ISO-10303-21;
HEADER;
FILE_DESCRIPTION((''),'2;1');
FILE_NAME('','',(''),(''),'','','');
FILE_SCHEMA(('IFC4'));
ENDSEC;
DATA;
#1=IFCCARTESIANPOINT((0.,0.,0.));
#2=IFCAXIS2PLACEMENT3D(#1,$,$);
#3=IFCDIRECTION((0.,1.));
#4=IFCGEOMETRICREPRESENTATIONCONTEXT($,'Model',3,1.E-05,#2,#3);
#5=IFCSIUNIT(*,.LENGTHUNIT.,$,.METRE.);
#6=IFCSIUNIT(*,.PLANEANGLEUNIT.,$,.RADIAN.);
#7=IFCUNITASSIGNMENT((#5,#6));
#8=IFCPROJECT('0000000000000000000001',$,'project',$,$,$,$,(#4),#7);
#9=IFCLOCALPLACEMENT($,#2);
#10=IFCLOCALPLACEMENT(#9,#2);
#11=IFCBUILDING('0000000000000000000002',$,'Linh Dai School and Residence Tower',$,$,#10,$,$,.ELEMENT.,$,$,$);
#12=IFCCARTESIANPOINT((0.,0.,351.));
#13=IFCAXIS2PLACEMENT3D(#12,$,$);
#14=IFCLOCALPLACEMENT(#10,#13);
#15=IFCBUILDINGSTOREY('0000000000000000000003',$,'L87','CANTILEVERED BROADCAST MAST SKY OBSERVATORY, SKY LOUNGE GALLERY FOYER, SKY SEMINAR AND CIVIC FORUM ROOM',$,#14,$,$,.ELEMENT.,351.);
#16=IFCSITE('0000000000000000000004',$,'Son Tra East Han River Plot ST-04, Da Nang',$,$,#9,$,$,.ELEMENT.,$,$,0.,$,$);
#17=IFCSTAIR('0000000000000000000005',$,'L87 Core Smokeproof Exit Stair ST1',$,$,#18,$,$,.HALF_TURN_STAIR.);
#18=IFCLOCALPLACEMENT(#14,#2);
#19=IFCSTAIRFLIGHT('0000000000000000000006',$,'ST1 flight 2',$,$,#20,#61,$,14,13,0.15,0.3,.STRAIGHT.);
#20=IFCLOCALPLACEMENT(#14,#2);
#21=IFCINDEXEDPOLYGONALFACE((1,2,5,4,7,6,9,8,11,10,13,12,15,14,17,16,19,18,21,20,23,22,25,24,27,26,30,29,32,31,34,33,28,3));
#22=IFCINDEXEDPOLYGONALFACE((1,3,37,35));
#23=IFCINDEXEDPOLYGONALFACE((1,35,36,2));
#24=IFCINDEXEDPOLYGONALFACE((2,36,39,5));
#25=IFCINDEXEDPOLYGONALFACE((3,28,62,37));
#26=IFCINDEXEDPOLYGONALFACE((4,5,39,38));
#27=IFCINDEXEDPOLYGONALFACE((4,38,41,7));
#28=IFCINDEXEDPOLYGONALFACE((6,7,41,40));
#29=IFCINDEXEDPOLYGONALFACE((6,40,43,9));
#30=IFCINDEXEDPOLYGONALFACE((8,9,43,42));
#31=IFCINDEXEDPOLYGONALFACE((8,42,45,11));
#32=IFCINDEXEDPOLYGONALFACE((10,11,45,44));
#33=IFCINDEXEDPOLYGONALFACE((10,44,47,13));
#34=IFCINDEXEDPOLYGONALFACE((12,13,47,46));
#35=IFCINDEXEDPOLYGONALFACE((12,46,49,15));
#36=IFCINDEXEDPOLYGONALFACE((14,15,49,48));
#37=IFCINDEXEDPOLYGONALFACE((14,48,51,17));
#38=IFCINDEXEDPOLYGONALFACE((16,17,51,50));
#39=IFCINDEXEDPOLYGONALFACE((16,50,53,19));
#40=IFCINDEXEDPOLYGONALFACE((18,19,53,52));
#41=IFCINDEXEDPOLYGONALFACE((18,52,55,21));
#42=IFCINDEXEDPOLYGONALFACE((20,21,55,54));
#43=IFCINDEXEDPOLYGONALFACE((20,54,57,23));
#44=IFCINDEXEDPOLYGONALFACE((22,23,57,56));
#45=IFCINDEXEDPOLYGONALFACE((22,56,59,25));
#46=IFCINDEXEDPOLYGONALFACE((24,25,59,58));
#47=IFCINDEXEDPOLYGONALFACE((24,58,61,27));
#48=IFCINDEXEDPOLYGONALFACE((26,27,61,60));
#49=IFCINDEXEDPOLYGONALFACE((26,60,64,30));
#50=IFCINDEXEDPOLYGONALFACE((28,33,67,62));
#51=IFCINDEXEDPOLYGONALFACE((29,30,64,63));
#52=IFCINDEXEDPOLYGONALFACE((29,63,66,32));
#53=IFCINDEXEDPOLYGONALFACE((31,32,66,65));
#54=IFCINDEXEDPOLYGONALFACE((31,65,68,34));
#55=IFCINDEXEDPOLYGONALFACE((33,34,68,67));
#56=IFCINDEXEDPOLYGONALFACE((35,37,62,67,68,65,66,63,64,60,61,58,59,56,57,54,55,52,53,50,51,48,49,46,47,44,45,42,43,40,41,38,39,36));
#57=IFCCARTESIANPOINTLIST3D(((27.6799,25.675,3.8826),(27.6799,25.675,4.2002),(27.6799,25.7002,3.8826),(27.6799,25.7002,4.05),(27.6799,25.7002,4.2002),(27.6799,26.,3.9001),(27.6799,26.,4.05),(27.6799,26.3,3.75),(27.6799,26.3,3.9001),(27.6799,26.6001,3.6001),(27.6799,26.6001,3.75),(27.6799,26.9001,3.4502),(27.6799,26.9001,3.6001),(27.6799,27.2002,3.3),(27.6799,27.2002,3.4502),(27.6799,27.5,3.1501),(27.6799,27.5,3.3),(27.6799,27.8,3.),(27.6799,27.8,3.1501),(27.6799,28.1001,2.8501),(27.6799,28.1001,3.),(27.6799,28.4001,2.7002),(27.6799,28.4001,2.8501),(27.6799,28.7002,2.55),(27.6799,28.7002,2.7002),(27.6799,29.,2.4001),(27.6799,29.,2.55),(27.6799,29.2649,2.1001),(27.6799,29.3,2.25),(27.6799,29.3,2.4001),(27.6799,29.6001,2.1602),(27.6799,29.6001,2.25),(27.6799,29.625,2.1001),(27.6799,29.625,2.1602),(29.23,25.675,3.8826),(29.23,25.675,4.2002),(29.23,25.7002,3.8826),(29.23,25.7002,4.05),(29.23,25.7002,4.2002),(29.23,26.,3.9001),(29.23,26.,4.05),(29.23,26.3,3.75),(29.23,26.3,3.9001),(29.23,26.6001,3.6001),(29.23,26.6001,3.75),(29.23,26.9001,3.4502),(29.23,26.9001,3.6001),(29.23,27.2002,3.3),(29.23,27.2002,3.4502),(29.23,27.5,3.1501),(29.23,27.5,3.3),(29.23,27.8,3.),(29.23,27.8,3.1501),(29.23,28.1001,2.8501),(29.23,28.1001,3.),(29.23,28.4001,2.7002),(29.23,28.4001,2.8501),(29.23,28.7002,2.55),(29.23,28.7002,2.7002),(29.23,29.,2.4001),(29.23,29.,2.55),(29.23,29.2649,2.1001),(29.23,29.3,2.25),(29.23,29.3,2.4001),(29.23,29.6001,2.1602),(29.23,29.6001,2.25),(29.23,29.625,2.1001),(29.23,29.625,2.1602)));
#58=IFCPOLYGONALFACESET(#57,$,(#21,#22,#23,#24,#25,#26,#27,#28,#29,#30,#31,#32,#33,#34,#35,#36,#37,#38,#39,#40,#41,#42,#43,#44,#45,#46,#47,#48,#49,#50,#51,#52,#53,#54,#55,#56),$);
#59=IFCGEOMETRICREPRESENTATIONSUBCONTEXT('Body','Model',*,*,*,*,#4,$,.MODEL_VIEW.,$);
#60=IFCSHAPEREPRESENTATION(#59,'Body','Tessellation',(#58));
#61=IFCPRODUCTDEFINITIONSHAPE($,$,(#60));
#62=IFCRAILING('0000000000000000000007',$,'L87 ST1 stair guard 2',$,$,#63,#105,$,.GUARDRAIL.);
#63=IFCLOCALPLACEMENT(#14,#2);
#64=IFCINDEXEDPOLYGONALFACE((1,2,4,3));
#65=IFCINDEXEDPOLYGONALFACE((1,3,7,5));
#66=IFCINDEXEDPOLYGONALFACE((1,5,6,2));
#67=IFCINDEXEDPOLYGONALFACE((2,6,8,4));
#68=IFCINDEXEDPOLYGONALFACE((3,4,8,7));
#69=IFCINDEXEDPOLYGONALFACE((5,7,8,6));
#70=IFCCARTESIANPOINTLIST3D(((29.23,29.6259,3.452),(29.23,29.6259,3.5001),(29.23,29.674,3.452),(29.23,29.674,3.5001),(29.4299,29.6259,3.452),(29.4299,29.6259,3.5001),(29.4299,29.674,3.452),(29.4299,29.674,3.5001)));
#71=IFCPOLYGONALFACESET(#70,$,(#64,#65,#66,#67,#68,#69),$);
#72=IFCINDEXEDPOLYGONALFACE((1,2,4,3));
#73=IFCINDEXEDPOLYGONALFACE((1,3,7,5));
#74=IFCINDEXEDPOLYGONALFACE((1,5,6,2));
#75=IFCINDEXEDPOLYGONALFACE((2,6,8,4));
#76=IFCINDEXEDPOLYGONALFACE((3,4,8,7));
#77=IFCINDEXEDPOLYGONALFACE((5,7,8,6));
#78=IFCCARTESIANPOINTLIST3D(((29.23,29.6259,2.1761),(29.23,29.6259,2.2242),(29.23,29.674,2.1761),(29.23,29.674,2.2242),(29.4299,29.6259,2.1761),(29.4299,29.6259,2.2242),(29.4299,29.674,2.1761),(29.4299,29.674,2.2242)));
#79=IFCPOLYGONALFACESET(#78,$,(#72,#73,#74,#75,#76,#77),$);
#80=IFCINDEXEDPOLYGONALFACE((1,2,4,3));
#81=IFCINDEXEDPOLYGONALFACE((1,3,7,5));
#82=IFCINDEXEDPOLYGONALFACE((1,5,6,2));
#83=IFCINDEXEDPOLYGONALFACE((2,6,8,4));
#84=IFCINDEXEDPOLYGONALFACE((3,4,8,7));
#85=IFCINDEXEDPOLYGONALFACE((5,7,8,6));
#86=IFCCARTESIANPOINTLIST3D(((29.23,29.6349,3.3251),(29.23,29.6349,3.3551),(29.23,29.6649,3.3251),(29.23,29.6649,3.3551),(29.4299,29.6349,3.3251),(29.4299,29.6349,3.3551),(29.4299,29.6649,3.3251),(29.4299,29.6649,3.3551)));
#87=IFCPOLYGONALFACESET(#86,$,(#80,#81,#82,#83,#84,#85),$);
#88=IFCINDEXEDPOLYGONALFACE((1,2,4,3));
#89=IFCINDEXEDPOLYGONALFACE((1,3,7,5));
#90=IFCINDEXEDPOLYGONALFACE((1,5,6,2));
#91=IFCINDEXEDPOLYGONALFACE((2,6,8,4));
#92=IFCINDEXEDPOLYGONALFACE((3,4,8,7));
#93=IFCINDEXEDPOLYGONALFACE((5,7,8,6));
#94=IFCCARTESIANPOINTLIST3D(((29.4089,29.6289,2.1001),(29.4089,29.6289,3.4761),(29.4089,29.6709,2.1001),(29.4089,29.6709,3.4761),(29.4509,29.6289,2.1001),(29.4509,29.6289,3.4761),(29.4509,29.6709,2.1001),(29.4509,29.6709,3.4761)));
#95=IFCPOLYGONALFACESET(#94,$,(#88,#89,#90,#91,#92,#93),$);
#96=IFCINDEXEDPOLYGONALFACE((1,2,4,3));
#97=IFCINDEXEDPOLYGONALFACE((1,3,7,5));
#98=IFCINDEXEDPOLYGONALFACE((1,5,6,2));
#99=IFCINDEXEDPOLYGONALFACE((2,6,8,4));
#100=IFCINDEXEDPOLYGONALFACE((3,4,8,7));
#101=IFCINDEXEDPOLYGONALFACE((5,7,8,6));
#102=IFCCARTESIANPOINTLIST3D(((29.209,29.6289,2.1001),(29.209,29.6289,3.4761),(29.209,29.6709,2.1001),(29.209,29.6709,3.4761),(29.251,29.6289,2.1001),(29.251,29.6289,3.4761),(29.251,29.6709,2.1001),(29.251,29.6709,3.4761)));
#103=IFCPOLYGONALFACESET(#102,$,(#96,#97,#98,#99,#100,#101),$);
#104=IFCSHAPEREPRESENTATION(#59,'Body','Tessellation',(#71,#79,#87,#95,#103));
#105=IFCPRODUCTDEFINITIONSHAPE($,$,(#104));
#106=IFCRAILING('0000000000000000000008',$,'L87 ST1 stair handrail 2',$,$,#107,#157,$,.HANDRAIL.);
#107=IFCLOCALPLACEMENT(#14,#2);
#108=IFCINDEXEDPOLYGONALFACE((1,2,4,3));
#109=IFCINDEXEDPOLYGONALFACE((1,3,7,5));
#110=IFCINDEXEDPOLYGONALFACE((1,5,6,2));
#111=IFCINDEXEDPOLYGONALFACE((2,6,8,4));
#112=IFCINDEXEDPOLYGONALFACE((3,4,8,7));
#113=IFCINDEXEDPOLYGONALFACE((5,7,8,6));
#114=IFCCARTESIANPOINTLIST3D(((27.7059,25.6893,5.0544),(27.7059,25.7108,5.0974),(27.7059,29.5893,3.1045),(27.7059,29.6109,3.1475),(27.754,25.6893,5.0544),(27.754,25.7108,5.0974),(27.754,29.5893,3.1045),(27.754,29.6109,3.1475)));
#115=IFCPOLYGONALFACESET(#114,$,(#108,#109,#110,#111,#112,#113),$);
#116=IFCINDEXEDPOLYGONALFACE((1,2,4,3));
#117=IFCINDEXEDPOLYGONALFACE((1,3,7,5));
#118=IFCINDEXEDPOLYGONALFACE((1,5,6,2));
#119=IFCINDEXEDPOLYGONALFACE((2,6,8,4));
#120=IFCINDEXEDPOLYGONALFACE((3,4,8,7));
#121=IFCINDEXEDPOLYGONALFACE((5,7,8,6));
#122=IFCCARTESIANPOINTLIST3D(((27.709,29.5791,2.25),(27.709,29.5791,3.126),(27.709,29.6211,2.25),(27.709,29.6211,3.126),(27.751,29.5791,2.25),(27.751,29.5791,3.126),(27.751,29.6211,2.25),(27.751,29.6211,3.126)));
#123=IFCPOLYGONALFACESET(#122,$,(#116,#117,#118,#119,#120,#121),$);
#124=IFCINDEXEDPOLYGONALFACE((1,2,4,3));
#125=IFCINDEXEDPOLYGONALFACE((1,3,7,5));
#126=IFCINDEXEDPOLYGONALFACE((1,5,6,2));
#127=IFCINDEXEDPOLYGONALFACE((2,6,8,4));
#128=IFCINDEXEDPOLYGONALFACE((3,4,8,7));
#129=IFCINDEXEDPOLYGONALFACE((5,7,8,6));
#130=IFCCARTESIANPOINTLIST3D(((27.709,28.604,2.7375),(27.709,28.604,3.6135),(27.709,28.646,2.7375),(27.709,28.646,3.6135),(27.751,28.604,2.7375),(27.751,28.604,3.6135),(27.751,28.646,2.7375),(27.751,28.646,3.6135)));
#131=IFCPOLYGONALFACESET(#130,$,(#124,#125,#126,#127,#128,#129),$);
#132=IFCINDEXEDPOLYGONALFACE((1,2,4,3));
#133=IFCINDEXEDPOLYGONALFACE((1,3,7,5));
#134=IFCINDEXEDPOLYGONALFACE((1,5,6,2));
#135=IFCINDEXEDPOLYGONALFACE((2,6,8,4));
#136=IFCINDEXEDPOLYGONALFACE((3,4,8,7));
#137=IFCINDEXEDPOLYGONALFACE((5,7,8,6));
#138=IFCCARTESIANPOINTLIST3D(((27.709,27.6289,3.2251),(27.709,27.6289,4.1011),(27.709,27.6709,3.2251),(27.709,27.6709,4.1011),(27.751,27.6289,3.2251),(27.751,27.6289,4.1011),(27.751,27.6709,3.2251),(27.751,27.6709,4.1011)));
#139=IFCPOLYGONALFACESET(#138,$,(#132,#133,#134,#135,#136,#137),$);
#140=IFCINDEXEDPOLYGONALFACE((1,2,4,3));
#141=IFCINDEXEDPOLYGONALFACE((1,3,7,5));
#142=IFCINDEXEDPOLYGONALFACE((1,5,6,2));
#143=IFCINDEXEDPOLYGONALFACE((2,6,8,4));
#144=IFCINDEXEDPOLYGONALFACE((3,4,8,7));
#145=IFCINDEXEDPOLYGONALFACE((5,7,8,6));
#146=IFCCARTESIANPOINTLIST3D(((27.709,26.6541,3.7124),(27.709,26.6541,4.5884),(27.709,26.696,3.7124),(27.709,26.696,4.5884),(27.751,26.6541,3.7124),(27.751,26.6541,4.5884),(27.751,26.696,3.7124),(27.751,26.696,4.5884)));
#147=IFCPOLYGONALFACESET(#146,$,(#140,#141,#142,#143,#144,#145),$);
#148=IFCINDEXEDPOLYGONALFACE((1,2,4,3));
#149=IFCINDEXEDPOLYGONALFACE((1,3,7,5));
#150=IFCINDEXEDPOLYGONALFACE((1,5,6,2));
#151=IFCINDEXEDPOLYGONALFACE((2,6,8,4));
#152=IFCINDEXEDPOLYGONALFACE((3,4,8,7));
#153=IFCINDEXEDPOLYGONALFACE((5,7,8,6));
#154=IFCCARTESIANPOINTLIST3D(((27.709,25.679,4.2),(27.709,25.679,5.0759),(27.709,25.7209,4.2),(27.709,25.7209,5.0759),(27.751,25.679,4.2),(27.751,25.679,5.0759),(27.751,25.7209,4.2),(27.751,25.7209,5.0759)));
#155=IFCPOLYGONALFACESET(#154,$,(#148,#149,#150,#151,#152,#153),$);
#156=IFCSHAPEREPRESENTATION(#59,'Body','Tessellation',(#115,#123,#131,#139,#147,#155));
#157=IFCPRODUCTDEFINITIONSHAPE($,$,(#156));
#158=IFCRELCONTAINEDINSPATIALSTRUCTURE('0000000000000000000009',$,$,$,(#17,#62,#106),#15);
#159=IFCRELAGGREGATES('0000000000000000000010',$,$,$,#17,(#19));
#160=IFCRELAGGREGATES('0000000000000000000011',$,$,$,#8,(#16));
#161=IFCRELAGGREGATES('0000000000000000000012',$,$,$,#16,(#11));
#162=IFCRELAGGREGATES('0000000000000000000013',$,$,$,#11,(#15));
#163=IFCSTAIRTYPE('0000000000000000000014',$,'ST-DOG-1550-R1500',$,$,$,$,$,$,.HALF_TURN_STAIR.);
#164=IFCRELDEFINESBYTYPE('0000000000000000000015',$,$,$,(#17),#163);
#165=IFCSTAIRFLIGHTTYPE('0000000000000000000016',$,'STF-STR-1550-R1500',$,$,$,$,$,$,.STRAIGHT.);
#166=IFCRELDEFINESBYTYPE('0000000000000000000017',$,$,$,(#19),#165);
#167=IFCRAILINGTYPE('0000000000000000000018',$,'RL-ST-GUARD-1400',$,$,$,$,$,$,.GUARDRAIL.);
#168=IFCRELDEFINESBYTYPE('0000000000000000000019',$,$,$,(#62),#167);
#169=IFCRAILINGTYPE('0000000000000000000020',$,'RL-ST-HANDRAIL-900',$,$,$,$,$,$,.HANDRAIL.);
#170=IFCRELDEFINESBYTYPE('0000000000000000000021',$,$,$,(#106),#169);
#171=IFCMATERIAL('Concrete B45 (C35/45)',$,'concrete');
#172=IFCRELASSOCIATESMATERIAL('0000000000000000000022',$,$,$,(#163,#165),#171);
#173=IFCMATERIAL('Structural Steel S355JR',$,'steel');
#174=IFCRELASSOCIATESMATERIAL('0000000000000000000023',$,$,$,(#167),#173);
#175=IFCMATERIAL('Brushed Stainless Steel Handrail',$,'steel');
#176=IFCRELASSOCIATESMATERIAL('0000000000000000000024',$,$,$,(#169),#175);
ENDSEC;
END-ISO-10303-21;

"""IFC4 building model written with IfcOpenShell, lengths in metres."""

from ifc_helpers import new_model, si_unit, direction, frame, origin, origin_2d, place, context, subcontext, project, spatial, polyline, rectangle, outline, extrude, source, transform, mapped, material, type_object, element, aggregate, save


model = new_model("IFC4")

# Units and contexts
model_context = context("Model", 3, precision=1e-05, world=origin(), true_north=direction((0.0, 1.0)))
body_context = subcontext(model_context, "Body", "Model", "MODEL_VIEW")
ifc_project = project(units=[si_unit("LENGTHUNIT", "METRE"), si_unit("PLANEANGLEUNIT", "RADIAN")], contexts=[model_context])

# Site, building, storey
site_placement = place(None, origin())
site = spatial("IfcSite", under=ifc_project, at=site_placement, Name="Son Tra East Han River Plot ST-04, Da Nang", CompositionType="ELEMENT", RefElevation=0.0)
building_placement = place(site_placement, origin())
building = spatial("IfcBuilding", under=site, at=building_placement, Name="Linh Dai School and Residence Tower", CompositionType="ELEMENT")
storey_placement = place(building_placement, frame((0.0, 0.0, 351.0)))
storey = spatial("IfcBuildingStorey", under=building, at=storey_placement, Name="L87", Description="CANTILEVERED BROADCAST MAST SKY OBSERVATORY, SKY LOUNGE GALLERY FOYER, SKY SEMINAR AND CIVIC FORUM ROOM", CompositionType="ELEMENT", Elevation=351.0)

# Shared definitions
ifc_material_1 = material(Name="Structural Steel S355JR", Category="steel")

# Shared definitions
ifc_material_2 = material(Name="Concrete B45 (C35/45)", Category="concrete")

# Stair, stair flight
stair_type = type_object("IfcStairType", Name="ST-DOG-1550-R1500", PredefinedType="HALF_TURN_STAIR", material=ifc_material_2)
stair_placement = place(storey_placement, origin())
stair = element("IfcStair", 1, at=stair_placement, inside=storey, type_object=stair_type, Name="L87 Core Smokeproof Exit Stair ST1", PredefinedType="HALF_TURN_STAIR")
stair_flight_type = type_object("IfcStairFlightType", Name="STF-STR-1550-R1500", PredefinedType="STRAIGHT", material=ifc_material_2)
shared_shape_1 = source(origin(), body_context, "Body", "SweptSolid", [
    extrude(outline(polyline([(-0.0249, 0.0), (-0.0249, 0.0601), (0.0, 0.0601), (0.0, 0.1499), (0.3, 0.1499), (0.3, 0.3), (0.6001, 0.3), (0.6001, 0.45), (0.8999, 0.45), (0.8999, 0.6001), (1.2, 0.6001), (1.2, 0.75), (1.5, 0.75), (1.5, 0.8999), (1.8, 0.8999), (1.8, 1.05), (2.1001, 1.05), (2.1001, 1.2), (2.3999, 1.2), (2.3999, 1.3501), (2.7, 1.3501), (2.7, 1.5), (3.0, 1.5), (3.0, 1.6499), (3.3, 1.6499), (3.3, 1.8), (3.6001, 1.8), (3.6001, 1.95), (3.8999, 1.95), (3.8999, 2.1001), (3.925, 2.1001), (3.925, 1.7825), (3.8999, 1.7825), (0.3352, 0.0), (-0.0249, 0.0)])), frame((0.0, 0.7749, 0.0), z_axis=(0.0, -1.0, 0.0), x_axis=(1.0, 0.0, 0.0)), (0.0, 0.0, 1.0), 1.55),
])
stair_flight_placement = place(storey_placement, frame((28.4551, 29.6001, 2.1001), z_axis=(0.0, 0.0, 1.0), x_axis=(0.0, -1.0, 0.0)))
stair_flight = element("IfcStairFlight", 2, at=stair_flight_placement, type_object=stair_flight_type, Name="ST1 flight 2", NumberOfRisers=14, NumberOfTreads=13, PredefinedType="STRAIGHT", RiserHeight=0.15, TreadLength=0.3, context=body_context, shape_type="MappedRepresentation", body=[
    mapped(shared_shape_1, transform((0.0, 0.0, 0.0), x_axis=(1.0, 0.0, 0.0), y_axis=(0.0, 1.0, 0.0), z_axis=(0.0, 0.0, 1.0), scale=1.0)),
])
aggregate(stair, [stair_flight])

# Railings
railing_type_1 = type_object("IfcRailingType", Name="RL-ST-GUARD-1400", PredefinedType="GUARDRAIL", material=ifc_material_1)
shared_shape_2 = source(origin(), body_context, "Body", "SweptSolid", [
    extrude(rectangle(XDim=0.0481, YDim=0.0481, at=origin_2d()), frame((0.0, 0.0, 1.376), z_axis=(-1.0, 0.0, 0.0), x_axis=(0.0, -1.0, 0.0)), (0.0, 0.0, 1.0), 0.2),
    extrude(rectangle(XDim=0.0481, YDim=0.0481, at=origin_2d()), frame((0.0, 0.0, 0.1001), z_axis=(-1.0, 0.0, 0.0), x_axis=(0.0, -1.0, 0.0)), (0.0, 0.0, 1.0), 0.2),
    extrude(rectangle(XDim=0.03, YDim=0.03, at=origin_2d()), frame((0.0, 0.0, 1.24), z_axis=(-1.0, 0.0, 0.0), x_axis=(0.0, -1.0, 0.0)), (0.0, 0.0, 1.0), 0.2),
    extrude(rectangle(XDim=0.042, YDim=0.042, at=origin_2d()), origin(), (0.0, 0.0, 1.0), 1.376),
    extrude(rectangle(XDim=0.042, YDim=0.042, at=origin_2d()), frame((-0.2, 0.0, 0.0)), (0.0, 0.0, 1.0), 1.376),
])
railing_1_placement = place(storey_placement, frame((29.4299, 29.6499, 2.1001)))
element("IfcRailing", 3, at=railing_1_placement, inside=storey, type_object=railing_type_1, Name="L87 ST1 stair guard 2", PredefinedType="GUARDRAIL", context=body_context, shape_type="MappedRepresentation", body=[
    mapped(shared_shape_2, transform((0.0, 0.0, 0.0), x_axis=(1.0, 0.0, 0.0), y_axis=(0.0, 1.0, 0.0), z_axis=(0.0, 0.0, 1.0), scale=1.0)),
])
ifc_material_3 = material(Name="Brushed Stainless Steel Handrail", Category="steel")
railing_type_2 = type_object("IfcRailingType", Name="RL-ST-HANDRAIL-900", PredefinedType="HANDRAIL", material=ifc_material_3)
shared_shape_3 = source(origin(), body_context, "Body", "SweptSolid", [
    extrude(rectangle(XDim=0.0481, YDim=0.0481, at=origin_2d()), frame((0.0, 0.0, 0.876), z_axis=(0.0, -0.894438, 0.447191), x_axis=(1.0, 0.0, 0.0)), (0.0, 0.0, 1.0), 4.3604),
    extrude(rectangle(XDim=0.042, YDim=0.042, at=origin_2d()), origin(), (0.0, 0.0, 1.0), 0.876),
    extrude(rectangle(XDim=0.042, YDim=0.042, at=origin_2d()), frame((0.0, -0.9751, 0.4875)), (0.0, 0.0, 1.0), 0.876),
    extrude(rectangle(XDim=0.042, YDim=0.042, at=origin_2d()), frame((0.0, -1.9502, 0.9751)), (0.0, 0.0, 1.0), 0.876),
    extrude(rectangle(XDim=0.042, YDim=0.042, at=origin_2d()), frame((0.0, -2.925, 1.4624)), (0.0, 0.0, 1.0), 0.876),
    extrude(rectangle(XDim=0.042, YDim=0.042, at=origin_2d()), frame((0.0, -3.9001, 1.95)), (0.0, 0.0, 1.0), 0.876),
])
railing_2_placement = place(storey_placement, frame((27.73, 29.6001, 2.25)))
element("IfcRailing", 4, at=railing_2_placement, inside=storey, type_object=railing_type_2, Name="L87 ST1 stair handrail 2", PredefinedType="HANDRAIL", context=body_context, shape_type="MappedRepresentation", body=[
    mapped(shared_shape_3, transform((0.0, 0.0, 0.0), x_axis=(1.0, 0.0, 0.0), y_axis=(0.0, 1.0, 0.0), z_axis=(0.0, 0.0, 1.0), scale=1.0)),
])

save(model, "model.ifc")
